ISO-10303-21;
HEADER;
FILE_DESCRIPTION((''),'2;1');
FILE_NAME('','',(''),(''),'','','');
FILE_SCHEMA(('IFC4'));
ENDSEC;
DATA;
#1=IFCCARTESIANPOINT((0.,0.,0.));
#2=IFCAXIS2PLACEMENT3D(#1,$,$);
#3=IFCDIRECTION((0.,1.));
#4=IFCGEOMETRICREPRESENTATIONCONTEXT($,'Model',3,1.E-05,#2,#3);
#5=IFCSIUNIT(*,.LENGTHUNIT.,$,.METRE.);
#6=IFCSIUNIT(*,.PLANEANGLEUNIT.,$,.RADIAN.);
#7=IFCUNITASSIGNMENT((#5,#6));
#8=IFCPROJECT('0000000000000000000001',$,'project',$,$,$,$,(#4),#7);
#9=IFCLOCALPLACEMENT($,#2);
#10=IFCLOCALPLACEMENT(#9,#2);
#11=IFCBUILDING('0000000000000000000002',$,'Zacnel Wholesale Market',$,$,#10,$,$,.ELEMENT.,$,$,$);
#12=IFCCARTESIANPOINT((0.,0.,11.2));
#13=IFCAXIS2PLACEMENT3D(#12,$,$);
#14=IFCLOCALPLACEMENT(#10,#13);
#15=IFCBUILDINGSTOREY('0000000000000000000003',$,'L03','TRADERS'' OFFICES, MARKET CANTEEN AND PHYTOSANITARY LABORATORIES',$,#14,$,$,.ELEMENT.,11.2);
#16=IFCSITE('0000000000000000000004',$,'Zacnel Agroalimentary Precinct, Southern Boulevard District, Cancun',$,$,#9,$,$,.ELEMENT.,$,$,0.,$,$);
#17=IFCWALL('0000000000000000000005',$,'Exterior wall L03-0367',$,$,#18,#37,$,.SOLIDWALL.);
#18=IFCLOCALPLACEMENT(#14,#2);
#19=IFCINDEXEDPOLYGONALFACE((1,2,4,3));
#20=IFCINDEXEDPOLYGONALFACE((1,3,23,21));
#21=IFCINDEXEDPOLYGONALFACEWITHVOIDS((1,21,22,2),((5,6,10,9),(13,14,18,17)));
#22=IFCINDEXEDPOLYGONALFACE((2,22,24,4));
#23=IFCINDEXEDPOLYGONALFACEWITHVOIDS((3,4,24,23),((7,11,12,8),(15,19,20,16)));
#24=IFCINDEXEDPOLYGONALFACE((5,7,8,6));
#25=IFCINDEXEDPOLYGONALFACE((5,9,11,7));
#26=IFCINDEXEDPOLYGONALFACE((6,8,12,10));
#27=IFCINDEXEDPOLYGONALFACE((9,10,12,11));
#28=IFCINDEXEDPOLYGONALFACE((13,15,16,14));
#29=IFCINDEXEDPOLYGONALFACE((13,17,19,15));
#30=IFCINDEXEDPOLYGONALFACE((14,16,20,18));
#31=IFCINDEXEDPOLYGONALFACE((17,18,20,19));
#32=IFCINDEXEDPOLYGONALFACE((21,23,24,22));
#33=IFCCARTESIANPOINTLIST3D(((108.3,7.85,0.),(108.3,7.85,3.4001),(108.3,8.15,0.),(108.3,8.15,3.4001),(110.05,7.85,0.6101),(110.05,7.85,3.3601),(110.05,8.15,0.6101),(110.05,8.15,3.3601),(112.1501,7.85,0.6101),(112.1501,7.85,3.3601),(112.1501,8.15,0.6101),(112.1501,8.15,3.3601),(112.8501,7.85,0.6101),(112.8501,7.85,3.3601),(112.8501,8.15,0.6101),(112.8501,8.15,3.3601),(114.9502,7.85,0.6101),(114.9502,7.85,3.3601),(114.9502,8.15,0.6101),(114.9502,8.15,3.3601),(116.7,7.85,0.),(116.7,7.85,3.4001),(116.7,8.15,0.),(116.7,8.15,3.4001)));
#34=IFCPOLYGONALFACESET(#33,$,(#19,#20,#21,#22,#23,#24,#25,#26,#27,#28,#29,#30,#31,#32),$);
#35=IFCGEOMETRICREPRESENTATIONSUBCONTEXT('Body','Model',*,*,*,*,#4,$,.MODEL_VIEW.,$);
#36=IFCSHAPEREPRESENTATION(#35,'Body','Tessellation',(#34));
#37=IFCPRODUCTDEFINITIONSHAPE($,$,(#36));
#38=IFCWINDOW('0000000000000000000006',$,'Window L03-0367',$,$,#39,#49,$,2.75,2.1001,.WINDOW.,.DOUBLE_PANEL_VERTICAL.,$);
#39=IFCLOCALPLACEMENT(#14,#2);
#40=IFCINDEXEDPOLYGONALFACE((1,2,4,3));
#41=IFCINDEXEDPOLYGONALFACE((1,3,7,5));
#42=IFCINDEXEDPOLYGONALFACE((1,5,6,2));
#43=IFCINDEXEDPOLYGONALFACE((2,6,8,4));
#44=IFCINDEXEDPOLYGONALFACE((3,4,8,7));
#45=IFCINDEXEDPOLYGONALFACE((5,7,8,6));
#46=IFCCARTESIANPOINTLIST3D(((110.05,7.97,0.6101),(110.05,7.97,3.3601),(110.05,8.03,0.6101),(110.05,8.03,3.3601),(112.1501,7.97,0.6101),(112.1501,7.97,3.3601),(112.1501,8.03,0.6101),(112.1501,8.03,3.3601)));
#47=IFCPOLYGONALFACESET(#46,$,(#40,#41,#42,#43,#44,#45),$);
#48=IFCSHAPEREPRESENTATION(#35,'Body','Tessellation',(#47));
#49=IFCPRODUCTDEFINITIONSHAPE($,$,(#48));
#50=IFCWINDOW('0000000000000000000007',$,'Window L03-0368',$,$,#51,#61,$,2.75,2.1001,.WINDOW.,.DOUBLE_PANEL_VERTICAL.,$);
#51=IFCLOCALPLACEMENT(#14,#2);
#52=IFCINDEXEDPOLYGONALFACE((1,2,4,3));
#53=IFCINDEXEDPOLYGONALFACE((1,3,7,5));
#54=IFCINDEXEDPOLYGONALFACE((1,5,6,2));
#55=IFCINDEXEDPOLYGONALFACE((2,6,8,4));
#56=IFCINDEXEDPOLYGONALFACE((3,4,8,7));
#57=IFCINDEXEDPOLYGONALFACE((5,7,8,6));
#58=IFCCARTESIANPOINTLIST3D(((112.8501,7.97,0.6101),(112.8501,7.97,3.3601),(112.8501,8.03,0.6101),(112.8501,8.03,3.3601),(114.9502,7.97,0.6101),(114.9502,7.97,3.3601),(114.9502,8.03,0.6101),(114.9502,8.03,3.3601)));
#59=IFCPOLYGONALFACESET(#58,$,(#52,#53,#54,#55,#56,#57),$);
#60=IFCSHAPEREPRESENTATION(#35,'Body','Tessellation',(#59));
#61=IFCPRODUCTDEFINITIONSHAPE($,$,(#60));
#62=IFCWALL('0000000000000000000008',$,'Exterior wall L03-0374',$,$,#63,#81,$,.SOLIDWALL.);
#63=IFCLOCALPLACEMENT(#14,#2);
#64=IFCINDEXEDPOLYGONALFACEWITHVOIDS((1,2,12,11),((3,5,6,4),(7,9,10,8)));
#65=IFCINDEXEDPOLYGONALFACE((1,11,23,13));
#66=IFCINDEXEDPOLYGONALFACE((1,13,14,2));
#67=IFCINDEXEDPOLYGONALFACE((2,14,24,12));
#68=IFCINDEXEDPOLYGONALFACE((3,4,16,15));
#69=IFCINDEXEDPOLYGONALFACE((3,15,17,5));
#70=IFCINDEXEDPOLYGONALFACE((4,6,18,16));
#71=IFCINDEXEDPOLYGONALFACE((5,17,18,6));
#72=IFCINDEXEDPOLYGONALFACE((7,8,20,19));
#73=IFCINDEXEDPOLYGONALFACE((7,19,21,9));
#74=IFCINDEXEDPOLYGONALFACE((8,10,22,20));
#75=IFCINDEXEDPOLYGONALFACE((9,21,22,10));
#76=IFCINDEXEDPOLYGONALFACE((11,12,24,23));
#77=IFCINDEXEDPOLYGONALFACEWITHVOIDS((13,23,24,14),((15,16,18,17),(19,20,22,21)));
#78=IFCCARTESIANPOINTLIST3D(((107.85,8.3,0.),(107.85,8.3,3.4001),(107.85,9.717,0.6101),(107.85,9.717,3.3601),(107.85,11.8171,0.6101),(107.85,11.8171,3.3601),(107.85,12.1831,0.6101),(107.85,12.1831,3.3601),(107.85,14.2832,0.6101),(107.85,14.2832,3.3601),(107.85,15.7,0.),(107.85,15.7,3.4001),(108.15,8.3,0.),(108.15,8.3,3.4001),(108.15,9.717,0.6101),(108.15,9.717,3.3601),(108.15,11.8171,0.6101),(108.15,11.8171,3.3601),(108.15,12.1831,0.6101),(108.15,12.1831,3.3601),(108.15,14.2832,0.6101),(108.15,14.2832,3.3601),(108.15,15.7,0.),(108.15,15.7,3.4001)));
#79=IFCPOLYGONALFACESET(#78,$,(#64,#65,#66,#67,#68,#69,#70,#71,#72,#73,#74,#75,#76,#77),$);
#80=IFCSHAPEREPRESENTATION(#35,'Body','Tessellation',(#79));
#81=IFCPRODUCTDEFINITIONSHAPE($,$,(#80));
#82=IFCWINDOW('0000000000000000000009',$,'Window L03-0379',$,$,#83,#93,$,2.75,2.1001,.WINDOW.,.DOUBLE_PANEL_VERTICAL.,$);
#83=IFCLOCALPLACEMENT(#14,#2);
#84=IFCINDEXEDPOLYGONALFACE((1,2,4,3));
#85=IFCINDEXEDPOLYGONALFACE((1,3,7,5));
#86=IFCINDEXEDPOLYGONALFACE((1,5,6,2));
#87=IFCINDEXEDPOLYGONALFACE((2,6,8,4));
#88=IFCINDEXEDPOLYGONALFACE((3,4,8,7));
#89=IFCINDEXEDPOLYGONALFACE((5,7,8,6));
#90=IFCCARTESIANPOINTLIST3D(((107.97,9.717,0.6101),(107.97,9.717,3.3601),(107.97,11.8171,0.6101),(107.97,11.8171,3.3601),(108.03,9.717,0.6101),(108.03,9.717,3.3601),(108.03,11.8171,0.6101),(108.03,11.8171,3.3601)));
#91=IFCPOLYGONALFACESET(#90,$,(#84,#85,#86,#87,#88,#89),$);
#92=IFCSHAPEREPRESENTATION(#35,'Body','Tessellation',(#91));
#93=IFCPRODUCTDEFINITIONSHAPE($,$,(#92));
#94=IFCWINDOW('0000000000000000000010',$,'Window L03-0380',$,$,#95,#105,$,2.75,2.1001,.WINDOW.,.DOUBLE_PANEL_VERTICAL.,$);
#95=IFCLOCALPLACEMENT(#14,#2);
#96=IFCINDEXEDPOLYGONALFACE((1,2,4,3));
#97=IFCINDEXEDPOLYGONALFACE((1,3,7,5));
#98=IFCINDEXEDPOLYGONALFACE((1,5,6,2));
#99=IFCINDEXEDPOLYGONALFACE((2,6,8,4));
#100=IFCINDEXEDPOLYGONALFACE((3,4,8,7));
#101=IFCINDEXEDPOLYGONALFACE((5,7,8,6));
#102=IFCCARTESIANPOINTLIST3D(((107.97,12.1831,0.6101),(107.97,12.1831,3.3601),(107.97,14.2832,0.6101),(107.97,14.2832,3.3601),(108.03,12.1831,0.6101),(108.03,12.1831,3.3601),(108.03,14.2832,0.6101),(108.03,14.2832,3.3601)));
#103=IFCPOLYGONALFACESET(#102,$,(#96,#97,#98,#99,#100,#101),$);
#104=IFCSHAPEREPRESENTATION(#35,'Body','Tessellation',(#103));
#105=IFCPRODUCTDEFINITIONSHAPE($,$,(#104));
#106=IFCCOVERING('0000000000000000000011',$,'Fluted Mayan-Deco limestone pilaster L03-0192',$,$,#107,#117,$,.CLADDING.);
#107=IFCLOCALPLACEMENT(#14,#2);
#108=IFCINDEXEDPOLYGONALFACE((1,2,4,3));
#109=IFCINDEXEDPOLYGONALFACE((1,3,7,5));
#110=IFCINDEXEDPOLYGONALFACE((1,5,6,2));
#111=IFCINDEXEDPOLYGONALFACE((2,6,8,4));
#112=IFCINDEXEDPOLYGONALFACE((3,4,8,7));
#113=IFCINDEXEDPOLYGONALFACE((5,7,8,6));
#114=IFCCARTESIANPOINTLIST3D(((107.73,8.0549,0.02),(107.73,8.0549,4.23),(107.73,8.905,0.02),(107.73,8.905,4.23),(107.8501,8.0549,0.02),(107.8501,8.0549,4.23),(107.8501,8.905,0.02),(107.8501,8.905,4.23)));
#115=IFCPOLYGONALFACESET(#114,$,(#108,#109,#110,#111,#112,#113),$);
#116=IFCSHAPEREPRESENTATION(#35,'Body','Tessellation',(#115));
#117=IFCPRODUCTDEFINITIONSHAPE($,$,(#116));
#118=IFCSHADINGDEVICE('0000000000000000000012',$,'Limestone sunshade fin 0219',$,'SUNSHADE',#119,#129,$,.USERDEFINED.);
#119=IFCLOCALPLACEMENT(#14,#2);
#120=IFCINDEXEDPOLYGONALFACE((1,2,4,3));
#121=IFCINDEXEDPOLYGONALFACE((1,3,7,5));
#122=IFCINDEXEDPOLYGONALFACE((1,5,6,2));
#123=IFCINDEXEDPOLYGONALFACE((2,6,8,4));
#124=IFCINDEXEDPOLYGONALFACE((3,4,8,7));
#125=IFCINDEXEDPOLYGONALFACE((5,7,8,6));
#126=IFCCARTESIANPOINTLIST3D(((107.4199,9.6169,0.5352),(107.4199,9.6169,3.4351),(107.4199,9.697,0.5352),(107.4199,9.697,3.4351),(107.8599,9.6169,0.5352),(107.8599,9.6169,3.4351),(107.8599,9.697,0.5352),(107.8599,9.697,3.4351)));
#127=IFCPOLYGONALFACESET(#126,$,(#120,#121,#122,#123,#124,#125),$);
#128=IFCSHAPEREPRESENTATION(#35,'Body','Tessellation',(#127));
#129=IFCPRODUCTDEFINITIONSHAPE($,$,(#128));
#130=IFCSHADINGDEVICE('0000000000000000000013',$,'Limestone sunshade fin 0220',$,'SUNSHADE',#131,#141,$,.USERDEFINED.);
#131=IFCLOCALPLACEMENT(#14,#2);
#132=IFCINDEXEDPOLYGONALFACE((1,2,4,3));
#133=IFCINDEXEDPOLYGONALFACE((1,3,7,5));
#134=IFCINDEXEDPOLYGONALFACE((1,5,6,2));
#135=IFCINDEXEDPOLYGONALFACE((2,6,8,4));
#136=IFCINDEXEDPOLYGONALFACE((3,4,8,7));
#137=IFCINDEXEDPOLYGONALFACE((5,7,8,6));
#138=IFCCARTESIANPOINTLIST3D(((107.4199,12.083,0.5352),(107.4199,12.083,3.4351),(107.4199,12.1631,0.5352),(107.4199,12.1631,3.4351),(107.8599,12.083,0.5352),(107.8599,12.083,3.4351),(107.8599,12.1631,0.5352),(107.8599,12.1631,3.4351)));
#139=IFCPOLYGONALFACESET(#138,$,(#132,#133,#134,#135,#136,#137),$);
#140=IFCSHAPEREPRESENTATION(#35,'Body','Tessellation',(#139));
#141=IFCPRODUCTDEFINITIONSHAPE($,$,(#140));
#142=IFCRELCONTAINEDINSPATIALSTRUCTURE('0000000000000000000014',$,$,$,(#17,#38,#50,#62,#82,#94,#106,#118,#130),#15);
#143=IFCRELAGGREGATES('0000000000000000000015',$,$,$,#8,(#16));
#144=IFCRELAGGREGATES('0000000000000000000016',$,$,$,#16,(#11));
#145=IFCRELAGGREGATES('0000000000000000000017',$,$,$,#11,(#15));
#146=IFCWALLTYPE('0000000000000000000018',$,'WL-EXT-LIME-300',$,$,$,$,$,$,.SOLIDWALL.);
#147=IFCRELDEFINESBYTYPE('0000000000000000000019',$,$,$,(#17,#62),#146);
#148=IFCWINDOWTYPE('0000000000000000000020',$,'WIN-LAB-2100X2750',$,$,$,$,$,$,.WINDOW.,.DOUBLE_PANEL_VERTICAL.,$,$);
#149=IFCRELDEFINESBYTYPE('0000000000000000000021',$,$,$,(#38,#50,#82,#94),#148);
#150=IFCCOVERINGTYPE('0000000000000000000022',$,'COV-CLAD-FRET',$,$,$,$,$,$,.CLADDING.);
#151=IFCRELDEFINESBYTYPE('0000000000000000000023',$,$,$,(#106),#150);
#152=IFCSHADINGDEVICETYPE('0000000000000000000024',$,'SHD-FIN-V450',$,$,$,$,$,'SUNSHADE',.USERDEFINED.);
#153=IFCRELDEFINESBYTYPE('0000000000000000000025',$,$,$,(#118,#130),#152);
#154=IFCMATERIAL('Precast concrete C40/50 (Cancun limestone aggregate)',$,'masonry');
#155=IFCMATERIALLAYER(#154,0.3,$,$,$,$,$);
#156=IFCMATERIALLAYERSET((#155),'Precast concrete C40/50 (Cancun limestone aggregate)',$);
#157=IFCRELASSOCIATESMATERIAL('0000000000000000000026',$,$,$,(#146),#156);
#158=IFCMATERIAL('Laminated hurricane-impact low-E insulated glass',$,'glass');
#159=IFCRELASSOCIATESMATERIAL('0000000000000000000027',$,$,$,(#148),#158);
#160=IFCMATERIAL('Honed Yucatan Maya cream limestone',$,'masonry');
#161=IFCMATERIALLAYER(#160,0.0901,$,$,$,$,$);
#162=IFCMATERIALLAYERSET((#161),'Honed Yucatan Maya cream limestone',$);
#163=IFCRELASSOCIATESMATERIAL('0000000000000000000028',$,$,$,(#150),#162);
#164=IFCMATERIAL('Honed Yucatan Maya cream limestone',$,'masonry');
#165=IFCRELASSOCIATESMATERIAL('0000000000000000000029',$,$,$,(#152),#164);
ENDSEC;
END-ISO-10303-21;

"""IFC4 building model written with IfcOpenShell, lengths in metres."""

from ifc_helpers import new_model, si_unit, direction, frame, frame_2d, origin, origin_2d, place, context, subcontext, project, spatial, rectangle, extrude, material, layer, layer_set, type_object, element, fill, save


model = new_model("IFC4")

# Units and contexts
model_context = context("Model", 3, precision=1e-05, world=origin(), true_north=direction((0.0, 1.0)))
body_context = subcontext(model_context, "Body", "Model", "MODEL_VIEW")
ifc_project = project(units=[si_unit("LENGTHUNIT", "METRE"), si_unit("PLANEANGLEUNIT", "RADIAN")], contexts=[model_context])

# Site, building, storey
site_placement = place(None, origin())
site = spatial("IfcSite", under=ifc_project, at=site_placement, Name="Zacnel Agroalimentary Precinct, Southern Boulevard District, Cancun", CompositionType="ELEMENT", RefElevation=0.0)
building_placement = place(site_placement, origin())
building = spatial("IfcBuilding", under=site, at=building_placement, Name="Zacnel Wholesale Market", CompositionType="ELEMENT")
storey_placement = place(building_placement, frame((0.0, 0.0, 11.2)))
storey = spatial("IfcBuildingStorey", under=building, at=storey_placement, Name="L03", Description="TRADERS' OFFICES, MARKET CANTEEN AND PHYTOSANITARY LABORATORIES", CompositionType="ELEMENT", Elevation=11.2)

# Walls, openings, windows
ifc_material_1 = material(Name="Precast concrete C40/50 (Cancun limestone aggregate)", Category="masonry")
ifc_layer_1 = layer(ifc_material_1, 0.3)
ifc_layer_set_1 = layer_set([ifc_layer_1], Name="Precast concrete C40/50 (Cancun limestone aggregate)")
wall_type_1 = type_object("IfcWallType", Name="WL-EXT-LIME-300", PredefinedType="SOLIDWALL", material=ifc_layer_set_1)
wall_1_placement = place(storey_placement, frame((108.3, 8.0, 0.0), z_axis=(0.0, 0.0, 1.0), x_axis=(1.0, 0.0, 0.0)))
wall_1 = element("IfcWall", 1, at=wall_1_placement, inside=storey, type_object=wall_type_1, Name="Exterior wall L03-0367", PredefinedType="SOLIDWALL", context=body_context, shape_type="SweptSolid", body=[
    extrude(rectangle(XDim=8.3999, YDim=0.3, at=frame_2d((4.2, 0.0))), origin(), (0.0, 0.0, 1.0), 3.4001),
])
opening_1_placement = place(wall_1_placement, frame((1.75, 0.0, 0.6101)))
opening_1 = element("IfcOpeningElement", 2, at=opening_1_placement, cuts=wall_1, PredefinedType="OPENING", context=body_context, shape_type="SweptSolid", body=[
    extrude(rectangle(XDim=2.1001, YDim=2.75, at=frame_2d((1.05, 1.375))), frame((0.0, 0.1599, 0.0), z_axis=(0.0, -1.0, 0.0), x_axis=(1.0, 0.0, 0.0)), (0.0, 0.0, 1.0), 0.3201),
])
opening_2_placement = place(wall_1_placement, frame((4.55, 0.0, 0.6101)))
opening_2 = element("IfcOpeningElement", 3, at=opening_2_placement, cuts=wall_1, PredefinedType="OPENING", context=body_context, shape_type="SweptSolid", body=[
    extrude(rectangle(XDim=2.1001, YDim=2.75, at=frame_2d((1.05, 1.375))), frame((0.0, 0.1599, 0.0), z_axis=(0.0, -1.0, 0.0), x_axis=(1.0, 0.0, 0.0)), (0.0, 0.0, 1.0), 0.3201),
])
ifc_material_2 = material(Name="Laminated hurricane-impact low-E insulated glass", Category="glass")
window_type = type_object("IfcWindowType", Name="WIN-LAB-2100X2750", PartitioningType="DOUBLE_PANEL_VERTICAL", PredefinedType="WINDOW", material=ifc_material_2)
window_1_placement = place(opening_1_placement, origin())
window_1 = element("IfcWindow", 4, at=window_1_placement, inside=storey, type_object=window_type, Name="Window L03-0367", OverallHeight=2.75, OverallWidth=2.1001, PartitioningType="DOUBLE_PANEL_VERTICAL", PredefinedType="WINDOW", context=body_context, shape_type="SweptSolid", body=[
    extrude(rectangle(XDim=2.1001, YDim=2.75, at=frame_2d((1.05, 1.375))), frame((0.0, 0.03, 0.0), z_axis=(0.0, -1.0, 0.0), x_axis=(1.0, 0.0, 0.0)), (0.0, 0.0, 1.0), 0.0601),
])
fill(opening_1, window_1)
window_2_placement = place(opening_2_placement, origin())
window_2 = element("IfcWindow", 5, at=window_2_placement, inside=storey, type_object=window_type, Name="Window L03-0368", OverallHeight=2.75, OverallWidth=2.1001, PartitioningType="DOUBLE_PANEL_VERTICAL", PredefinedType="WINDOW", context=body_context, shape_type="SweptSolid", body=[
    extrude(rectangle(XDim=2.1001, YDim=2.75, at=frame_2d((1.05, 1.375))), frame((0.0, 0.03, 0.0), z_axis=(0.0, -1.0, 0.0), x_axis=(1.0, 0.0, 0.0)), (0.0, 0.0, 1.0), 0.0601),
])
fill(opening_2, window_2)
wall_2_placement = place(storey_placement, frame((108.0, 8.3, 0.0), z_axis=(0.0, 0.0, 1.0), x_axis=(0.0, 1.0, 0.0)))
wall_2 = element("IfcWall", 6, at=wall_2_placement, inside=storey, type_object=wall_type_1, Name="Exterior wall L03-0374", PredefinedType="SOLIDWALL", context=body_context, shape_type="SweptSolid", body=[
    extrude(rectangle(XDim=7.3999, YDim=0.3, at=frame_2d((3.7, 0.0))), origin(), (0.0, 0.0, 1.0), 3.4001),
])
opening_3_placement = place(wall_2_placement, frame((1.417, 0.0, 0.6101)))
opening_3 = element("IfcOpeningElement", 7, at=opening_3_placement, cuts=wall_2, PredefinedType="OPENING", context=body_context, shape_type="SweptSolid", body=[
    extrude(rectangle(XDim=2.1001, YDim=2.75, at=frame_2d((1.05, 1.375))), frame((0.0, 0.1599, 0.0), z_axis=(0.0, -1.0, 0.0), x_axis=(1.0, 0.0, 0.0)), (0.0, 0.0, 1.0), 0.3201),
])
opening_4_placement = place(wall_2_placement, frame((3.8831, 0.0, 0.6101)))
opening_4 = element("IfcOpeningElement", 8, at=opening_4_placement, cuts=wall_2, PredefinedType="OPENING", context=body_context, shape_type="SweptSolid", body=[
    extrude(rectangle(XDim=2.1001, YDim=2.75, at=frame_2d((1.05, 1.375))), frame((0.0, 0.1599, 0.0), z_axis=(0.0, -1.0, 0.0), x_axis=(1.0, 0.0, 0.0)), (0.0, 0.0, 1.0), 0.3201),
])
window_3_placement = place(opening_3_placement, origin())
window_3 = element("IfcWindow", 9, at=window_3_placement, inside=storey, type_object=window_type, Name="Window L03-0379", OverallHeight=2.75, OverallWidth=2.1001, PartitioningType="DOUBLE_PANEL_VERTICAL", PredefinedType="WINDOW", context=body_context, shape_type="SweptSolid", body=[
    extrude(rectangle(XDim=2.1001, YDim=2.75, at=frame_2d((1.05, 1.375))), frame((0.0, 0.03, 0.0), z_axis=(0.0, -1.0, 0.0), x_axis=(1.0, 0.0, 0.0)), (0.0, 0.0, 1.0), 0.0601),
])
fill(opening_3, window_3)
window_4_placement = place(opening_4_placement, origin())
window_4 = element("IfcWindow", 10, at=window_4_placement, inside=storey, type_object=window_type, Name="Window L03-0380", OverallHeight=2.75, OverallWidth=2.1001, PartitioningType="DOUBLE_PANEL_VERTICAL", PredefinedType="WINDOW", context=body_context, shape_type="SweptSolid", body=[
    extrude(rectangle(XDim=2.1001, YDim=2.75, at=frame_2d((1.05, 1.375))), frame((0.0, 0.03, 0.0), z_axis=(0.0, -1.0, 0.0), x_axis=(1.0, 0.0, 0.0)), (0.0, 0.0, 1.0), 0.0601),
])
fill(opening_4, window_4)

# Covering
ifc_material_3 = material(Name="Honed Yucatan Maya cream limestone", Category="masonry")
ifc_layer_2 = layer(ifc_material_3, 0.0901)
ifc_layer_set_2 = layer_set([ifc_layer_2], Name="Honed Yucatan Maya cream limestone")
covering_type = type_object("IfcCoveringType", Name="COV-CLAD-FRET", PredefinedType="CLADDING", material=ifc_layer_set_2)
covering_placement = place(storey_placement, frame((107.79, 8.48, 0.02), z_axis=(0.0, 0.0, 1.0), x_axis=(0.0, 1.0, 0.0)))
element("IfcCovering", 11, at=covering_placement, inside=storey, type_object=covering_type, Name="Fluted Mayan-Deco limestone pilaster L03-0192", PredefinedType="CLADDING", context=body_context, shape_type="SweptSolid", body=[
    extrude(rectangle(XDim=0.8501, YDim=0.1201, at=origin_2d()), origin(), (0.0, 0.0, 1.0), 4.21),
])

# Shading devices
ifc_material_4 = material(Name="Honed Yucatan Maya cream limestone", Category="masonry")
shading_device_type = type_object("IfcShadingDeviceType", Name="SHD-FIN-V450", ElementType="SUNSHADE", PredefinedType="USERDEFINED", material=ifc_material_4)
for number, where, z_axis, x_axis, name in (
    (12, (107.6399, 9.657, 0.5352), (0.0, 0.0, 1.0), (0.0, 1.0, 0.0), "Limestone sunshade fin 0219"),
    (13, (107.6399, 12.123, 0.5352), (0.0, 0.0, 1.0), (0.0, 1.0, 0.0), "Limestone sunshade fin 0220"),
):
    element("IfcShadingDevice", number, at=place(storey_placement, frame(where, z_axis=z_axis, x_axis=x_axis)), inside=storey, type_object=shading_device_type, Name=name, ObjectType="SUNSHADE", PredefinedType="USERDEFINED", context=body_context, shape_type="SweptSolid", body=[
        extrude(rectangle(XDim=0.0801, YDim=0.4399, at=origin_2d()), origin(), (0.0, 0.0, 1.0), 2.8999),
    ])

save(model, "model.ifc")
